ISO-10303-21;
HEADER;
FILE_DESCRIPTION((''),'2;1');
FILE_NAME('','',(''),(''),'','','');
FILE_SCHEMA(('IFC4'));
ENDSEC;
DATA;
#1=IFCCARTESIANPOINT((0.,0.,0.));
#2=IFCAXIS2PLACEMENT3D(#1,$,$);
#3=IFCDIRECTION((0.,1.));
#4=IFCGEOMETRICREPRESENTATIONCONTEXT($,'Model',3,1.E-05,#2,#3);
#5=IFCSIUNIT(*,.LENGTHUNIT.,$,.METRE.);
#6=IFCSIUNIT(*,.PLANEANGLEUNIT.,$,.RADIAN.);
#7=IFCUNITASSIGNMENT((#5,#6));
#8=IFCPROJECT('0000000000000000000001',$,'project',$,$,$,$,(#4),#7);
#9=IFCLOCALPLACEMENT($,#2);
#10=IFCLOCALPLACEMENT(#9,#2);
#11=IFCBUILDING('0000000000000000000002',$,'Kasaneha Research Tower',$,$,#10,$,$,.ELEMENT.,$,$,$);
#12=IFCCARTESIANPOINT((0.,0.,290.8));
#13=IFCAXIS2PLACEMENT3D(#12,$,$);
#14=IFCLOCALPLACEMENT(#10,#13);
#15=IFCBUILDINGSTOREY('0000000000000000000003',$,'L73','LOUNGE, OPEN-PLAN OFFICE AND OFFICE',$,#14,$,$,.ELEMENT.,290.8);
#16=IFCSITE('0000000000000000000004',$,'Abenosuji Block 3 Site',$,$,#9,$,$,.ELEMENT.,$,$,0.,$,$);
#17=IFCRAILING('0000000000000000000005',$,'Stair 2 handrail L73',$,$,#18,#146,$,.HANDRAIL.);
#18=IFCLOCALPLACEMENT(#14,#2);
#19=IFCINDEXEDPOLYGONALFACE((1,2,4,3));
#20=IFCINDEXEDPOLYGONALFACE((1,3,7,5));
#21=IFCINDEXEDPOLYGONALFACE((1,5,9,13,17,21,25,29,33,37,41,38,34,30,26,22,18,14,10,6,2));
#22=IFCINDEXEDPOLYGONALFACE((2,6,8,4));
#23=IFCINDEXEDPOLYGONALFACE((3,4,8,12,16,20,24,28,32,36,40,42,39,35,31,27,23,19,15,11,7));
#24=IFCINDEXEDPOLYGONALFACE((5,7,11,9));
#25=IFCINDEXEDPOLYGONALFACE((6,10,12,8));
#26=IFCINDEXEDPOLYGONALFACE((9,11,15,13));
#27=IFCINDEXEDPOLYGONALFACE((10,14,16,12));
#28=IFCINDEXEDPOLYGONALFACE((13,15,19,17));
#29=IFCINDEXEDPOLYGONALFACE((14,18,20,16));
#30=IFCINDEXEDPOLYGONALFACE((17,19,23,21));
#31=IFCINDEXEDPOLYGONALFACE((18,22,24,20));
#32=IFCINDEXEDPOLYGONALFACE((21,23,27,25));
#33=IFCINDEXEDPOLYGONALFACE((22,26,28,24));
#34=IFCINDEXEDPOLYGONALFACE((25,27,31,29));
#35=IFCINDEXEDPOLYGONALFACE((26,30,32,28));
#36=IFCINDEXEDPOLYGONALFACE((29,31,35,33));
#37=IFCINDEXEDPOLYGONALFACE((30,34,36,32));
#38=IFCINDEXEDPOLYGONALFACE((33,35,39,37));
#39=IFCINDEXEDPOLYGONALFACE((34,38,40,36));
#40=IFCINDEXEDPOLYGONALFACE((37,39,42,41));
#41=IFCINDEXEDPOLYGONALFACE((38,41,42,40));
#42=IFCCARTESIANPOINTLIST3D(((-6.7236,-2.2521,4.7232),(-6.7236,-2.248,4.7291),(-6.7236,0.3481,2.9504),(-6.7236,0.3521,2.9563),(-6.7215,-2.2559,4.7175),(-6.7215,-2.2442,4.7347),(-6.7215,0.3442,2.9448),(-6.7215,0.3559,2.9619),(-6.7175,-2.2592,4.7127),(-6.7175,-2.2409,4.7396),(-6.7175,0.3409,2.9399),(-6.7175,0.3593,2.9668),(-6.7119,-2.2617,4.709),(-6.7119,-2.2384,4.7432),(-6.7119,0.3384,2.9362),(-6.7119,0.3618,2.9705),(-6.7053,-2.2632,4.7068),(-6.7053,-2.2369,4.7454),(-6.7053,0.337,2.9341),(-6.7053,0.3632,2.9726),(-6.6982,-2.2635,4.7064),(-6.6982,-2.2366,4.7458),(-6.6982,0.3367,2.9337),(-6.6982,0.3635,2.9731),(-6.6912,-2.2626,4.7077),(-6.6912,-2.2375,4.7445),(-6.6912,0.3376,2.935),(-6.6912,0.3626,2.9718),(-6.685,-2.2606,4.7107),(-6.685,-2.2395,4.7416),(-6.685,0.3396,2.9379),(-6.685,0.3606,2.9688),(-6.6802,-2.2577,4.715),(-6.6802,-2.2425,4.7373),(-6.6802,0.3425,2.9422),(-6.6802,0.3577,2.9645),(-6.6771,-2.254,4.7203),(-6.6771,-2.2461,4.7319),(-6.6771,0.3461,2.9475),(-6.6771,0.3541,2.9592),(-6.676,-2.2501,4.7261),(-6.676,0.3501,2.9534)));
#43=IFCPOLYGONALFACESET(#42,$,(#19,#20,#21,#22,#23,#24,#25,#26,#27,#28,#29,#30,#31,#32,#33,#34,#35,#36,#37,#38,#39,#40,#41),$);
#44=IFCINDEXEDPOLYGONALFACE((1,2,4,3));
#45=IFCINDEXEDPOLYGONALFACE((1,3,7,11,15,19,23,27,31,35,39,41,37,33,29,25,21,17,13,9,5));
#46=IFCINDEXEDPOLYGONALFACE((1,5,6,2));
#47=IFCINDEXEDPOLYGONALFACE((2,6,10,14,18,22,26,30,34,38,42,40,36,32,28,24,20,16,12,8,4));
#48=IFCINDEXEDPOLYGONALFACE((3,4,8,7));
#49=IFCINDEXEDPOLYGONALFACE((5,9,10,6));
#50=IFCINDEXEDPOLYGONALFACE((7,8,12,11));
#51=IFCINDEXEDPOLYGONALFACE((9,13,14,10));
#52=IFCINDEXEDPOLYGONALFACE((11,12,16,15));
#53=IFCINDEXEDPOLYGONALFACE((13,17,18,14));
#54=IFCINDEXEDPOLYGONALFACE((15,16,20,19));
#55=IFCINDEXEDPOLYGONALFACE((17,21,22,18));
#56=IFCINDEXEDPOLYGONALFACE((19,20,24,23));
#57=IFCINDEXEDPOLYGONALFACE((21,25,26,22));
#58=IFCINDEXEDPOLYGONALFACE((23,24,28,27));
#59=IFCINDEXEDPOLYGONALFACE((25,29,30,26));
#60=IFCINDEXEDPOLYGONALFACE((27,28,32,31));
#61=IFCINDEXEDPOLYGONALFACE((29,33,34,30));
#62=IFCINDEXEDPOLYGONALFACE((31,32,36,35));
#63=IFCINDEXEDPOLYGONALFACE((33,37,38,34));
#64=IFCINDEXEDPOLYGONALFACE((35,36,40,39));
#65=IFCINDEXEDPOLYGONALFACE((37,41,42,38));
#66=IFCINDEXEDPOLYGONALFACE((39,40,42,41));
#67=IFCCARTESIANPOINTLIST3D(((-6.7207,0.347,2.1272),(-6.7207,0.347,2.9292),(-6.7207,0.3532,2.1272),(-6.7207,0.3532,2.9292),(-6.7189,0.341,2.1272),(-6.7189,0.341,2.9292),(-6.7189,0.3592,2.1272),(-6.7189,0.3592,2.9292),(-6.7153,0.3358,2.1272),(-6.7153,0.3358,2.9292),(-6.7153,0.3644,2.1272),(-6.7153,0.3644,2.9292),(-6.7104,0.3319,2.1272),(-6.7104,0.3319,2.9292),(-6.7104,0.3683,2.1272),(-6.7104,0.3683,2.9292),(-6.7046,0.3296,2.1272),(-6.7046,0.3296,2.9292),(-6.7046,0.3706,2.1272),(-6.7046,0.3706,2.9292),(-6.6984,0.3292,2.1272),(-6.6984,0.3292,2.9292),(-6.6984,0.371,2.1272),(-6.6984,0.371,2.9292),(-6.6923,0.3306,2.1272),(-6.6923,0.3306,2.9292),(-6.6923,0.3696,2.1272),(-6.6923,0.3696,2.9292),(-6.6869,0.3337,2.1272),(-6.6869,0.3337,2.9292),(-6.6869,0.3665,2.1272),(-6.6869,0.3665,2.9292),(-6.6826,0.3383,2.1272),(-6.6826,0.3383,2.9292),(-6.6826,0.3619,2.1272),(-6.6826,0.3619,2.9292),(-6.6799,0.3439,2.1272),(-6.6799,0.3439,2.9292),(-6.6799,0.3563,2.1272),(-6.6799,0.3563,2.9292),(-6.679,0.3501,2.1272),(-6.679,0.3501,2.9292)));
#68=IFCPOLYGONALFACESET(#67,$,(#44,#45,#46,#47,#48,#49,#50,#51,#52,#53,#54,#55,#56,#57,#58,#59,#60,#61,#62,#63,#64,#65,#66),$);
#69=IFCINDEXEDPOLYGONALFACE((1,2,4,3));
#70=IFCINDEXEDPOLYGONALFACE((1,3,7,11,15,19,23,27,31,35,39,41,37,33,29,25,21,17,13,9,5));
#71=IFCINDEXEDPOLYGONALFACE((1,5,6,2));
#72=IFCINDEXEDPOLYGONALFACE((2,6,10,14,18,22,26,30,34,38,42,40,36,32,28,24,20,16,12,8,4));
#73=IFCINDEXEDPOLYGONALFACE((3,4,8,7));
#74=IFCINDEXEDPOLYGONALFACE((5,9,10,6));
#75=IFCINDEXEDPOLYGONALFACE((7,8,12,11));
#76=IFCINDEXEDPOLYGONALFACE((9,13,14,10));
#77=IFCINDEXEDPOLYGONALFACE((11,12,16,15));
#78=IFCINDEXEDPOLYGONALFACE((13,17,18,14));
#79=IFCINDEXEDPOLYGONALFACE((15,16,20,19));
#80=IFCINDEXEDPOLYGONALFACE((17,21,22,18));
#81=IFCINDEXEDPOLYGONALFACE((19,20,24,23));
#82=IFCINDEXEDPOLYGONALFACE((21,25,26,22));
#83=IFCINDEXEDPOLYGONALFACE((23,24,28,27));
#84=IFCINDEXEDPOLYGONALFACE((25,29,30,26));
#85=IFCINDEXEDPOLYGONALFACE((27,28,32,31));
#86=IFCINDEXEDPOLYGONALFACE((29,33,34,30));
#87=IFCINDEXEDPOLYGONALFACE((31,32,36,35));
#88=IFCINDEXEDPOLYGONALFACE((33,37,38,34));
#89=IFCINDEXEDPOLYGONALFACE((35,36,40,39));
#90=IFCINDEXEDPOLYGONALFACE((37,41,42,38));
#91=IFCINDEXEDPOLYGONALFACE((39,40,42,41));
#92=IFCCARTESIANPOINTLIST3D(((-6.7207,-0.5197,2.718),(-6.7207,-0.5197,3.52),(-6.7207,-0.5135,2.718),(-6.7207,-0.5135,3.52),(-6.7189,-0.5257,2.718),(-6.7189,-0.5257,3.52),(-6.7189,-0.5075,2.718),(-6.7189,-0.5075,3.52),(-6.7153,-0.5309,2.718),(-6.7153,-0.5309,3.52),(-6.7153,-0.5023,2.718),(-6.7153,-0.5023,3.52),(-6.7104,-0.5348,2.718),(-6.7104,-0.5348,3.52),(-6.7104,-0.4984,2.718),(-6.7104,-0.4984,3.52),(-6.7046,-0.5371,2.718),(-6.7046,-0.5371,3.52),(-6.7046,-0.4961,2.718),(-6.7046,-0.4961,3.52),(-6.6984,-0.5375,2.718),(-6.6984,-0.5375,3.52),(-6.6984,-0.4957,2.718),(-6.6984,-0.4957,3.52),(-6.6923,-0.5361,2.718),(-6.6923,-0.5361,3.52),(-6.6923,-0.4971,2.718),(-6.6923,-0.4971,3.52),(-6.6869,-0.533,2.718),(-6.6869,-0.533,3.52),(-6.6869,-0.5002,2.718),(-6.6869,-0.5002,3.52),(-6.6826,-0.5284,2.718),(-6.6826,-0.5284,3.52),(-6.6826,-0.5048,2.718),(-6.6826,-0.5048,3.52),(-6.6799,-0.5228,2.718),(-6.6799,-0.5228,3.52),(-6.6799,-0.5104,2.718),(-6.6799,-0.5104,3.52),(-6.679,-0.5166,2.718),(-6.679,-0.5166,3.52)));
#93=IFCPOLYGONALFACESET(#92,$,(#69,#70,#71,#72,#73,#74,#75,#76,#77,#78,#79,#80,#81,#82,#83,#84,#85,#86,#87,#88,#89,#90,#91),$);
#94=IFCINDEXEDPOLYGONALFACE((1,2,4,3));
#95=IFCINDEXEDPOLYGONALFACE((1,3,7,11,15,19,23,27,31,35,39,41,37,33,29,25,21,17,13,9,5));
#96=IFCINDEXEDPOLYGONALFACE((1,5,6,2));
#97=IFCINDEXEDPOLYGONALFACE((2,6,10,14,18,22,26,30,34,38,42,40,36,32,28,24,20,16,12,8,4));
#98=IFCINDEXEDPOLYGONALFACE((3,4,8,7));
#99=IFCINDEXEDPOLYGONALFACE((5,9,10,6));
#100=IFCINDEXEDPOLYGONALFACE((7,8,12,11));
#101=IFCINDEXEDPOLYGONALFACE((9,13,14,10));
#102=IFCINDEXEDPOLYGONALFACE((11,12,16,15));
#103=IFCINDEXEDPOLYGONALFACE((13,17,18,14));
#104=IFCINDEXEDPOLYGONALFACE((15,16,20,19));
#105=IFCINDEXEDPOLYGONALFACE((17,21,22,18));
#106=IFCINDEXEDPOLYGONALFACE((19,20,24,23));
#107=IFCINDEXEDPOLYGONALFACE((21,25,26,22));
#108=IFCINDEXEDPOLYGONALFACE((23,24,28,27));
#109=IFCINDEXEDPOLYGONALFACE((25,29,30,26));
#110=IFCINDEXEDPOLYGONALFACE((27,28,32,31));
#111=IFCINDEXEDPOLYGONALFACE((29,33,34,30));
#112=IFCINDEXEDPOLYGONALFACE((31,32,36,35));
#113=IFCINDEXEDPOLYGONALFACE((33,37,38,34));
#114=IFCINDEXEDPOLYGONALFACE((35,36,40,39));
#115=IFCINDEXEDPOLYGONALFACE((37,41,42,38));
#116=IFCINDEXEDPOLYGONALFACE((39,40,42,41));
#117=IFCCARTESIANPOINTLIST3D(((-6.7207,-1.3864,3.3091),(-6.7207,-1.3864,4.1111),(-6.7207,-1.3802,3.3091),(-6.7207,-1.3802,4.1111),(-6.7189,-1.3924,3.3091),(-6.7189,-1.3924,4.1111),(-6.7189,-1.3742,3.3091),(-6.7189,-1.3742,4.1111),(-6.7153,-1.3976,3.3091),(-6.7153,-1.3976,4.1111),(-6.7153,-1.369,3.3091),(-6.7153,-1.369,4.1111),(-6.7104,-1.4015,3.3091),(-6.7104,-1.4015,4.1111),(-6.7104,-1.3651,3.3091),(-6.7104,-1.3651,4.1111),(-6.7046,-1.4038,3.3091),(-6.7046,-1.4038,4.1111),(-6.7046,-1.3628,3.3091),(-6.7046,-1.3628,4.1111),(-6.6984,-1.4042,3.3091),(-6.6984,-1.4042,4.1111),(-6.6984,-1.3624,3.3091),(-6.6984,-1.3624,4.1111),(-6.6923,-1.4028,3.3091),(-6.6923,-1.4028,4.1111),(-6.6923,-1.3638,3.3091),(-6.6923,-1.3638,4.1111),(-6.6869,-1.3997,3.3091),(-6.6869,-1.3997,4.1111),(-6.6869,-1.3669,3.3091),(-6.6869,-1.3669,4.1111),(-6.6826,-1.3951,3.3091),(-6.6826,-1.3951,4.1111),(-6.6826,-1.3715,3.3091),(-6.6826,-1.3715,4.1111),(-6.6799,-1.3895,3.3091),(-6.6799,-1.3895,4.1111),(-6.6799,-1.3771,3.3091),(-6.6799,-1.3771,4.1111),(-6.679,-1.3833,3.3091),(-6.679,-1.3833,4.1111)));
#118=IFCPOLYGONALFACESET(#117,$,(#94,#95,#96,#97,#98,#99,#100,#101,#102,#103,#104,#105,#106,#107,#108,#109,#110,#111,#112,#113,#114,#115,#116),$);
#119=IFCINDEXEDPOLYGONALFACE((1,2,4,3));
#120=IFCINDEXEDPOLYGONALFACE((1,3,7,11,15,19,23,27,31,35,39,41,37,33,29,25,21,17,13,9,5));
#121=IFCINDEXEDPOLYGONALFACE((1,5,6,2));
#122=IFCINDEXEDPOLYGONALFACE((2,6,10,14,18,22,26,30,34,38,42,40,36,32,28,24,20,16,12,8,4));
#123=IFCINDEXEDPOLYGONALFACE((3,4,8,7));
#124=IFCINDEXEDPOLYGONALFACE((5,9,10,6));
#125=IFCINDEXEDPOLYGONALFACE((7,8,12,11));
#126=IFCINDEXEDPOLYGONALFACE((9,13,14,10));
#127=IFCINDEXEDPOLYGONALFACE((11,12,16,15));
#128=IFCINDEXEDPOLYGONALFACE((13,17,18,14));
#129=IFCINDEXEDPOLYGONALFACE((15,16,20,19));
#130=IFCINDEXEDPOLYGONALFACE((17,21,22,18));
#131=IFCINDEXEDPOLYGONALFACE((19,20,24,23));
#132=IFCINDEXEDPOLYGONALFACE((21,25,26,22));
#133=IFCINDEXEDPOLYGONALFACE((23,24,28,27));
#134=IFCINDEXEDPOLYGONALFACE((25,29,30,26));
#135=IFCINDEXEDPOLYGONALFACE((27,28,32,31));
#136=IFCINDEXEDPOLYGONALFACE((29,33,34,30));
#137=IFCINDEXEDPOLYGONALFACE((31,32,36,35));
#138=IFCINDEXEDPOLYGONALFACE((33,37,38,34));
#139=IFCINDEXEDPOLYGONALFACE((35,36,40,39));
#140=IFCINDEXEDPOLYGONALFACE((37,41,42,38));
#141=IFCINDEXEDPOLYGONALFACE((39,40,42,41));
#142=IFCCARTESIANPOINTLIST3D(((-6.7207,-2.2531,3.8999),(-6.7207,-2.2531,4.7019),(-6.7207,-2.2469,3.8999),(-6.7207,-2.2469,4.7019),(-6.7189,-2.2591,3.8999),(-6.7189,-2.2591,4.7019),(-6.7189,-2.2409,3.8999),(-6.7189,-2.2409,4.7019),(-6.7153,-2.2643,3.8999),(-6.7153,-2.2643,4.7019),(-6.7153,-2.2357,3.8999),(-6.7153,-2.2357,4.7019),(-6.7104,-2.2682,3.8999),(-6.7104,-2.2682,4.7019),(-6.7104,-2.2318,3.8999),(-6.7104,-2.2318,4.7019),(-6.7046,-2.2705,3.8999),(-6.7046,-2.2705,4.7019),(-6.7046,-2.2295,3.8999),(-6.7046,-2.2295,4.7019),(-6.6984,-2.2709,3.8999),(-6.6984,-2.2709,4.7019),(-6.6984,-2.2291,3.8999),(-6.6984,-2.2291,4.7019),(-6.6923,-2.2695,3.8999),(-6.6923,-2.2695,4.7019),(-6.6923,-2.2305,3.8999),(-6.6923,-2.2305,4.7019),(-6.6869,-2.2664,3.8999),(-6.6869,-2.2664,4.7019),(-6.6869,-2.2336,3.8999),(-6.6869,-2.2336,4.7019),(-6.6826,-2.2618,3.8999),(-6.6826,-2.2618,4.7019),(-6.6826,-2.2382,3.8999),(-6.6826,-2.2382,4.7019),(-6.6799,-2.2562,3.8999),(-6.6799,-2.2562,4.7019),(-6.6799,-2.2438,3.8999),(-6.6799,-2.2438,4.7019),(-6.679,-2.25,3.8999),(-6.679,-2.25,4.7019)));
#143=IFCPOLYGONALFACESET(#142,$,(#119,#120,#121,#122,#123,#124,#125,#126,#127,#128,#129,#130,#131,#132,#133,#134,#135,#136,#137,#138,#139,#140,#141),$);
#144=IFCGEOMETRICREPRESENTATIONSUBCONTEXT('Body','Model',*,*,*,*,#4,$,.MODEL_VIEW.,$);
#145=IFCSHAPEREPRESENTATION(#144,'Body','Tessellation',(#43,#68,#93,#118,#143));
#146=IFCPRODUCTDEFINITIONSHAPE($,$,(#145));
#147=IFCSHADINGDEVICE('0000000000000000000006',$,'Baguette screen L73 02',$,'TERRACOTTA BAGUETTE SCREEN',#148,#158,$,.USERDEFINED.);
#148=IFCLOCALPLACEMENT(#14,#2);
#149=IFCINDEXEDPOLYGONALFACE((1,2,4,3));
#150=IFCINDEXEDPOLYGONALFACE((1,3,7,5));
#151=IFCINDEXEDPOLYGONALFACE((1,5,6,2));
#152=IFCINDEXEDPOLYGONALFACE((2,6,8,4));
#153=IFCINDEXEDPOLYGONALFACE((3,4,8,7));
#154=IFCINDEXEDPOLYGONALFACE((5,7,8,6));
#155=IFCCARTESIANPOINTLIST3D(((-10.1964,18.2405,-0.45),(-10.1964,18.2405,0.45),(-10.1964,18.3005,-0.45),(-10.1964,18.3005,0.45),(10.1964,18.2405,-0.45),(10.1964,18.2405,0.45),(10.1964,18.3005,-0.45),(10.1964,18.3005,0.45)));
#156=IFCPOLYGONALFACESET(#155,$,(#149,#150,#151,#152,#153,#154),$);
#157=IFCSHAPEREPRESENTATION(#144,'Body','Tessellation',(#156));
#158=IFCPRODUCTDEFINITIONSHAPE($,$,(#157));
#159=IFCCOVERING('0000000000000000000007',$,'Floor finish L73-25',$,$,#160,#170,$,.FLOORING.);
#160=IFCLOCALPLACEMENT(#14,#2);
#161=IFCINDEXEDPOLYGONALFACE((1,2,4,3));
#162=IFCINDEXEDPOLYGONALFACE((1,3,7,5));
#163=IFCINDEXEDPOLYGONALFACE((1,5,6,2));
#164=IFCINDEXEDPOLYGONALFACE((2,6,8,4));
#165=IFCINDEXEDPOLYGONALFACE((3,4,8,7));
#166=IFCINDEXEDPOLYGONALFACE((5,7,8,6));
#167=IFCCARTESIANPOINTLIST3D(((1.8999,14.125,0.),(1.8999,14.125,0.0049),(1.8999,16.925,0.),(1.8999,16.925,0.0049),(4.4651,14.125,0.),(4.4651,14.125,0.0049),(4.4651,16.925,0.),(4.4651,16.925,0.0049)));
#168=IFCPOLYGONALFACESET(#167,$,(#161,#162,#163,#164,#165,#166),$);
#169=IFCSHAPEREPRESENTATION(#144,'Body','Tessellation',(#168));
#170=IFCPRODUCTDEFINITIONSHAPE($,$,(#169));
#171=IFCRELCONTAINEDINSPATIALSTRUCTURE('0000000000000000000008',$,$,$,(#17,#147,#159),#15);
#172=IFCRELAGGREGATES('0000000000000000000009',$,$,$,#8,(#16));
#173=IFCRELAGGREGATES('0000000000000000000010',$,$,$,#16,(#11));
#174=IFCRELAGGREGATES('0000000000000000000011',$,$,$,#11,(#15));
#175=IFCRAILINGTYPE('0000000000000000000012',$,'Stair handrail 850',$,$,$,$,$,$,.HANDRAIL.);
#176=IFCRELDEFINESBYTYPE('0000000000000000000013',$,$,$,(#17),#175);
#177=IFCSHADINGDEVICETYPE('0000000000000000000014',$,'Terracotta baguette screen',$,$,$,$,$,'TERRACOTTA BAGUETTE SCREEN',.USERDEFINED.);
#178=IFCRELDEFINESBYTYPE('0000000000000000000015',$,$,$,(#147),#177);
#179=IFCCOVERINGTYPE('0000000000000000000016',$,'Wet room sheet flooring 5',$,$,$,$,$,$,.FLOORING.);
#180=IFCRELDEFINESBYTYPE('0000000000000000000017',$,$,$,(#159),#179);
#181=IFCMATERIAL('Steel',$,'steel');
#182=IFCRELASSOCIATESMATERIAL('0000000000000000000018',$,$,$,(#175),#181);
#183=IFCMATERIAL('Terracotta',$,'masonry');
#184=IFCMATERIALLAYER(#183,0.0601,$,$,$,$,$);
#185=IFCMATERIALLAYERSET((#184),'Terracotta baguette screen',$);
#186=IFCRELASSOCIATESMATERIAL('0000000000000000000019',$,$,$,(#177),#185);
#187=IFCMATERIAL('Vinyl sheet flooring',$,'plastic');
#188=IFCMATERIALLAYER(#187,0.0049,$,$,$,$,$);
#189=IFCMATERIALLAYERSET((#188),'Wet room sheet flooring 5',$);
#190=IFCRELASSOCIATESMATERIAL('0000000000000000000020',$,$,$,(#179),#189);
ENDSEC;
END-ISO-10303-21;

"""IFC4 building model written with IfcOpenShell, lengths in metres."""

from ifc_helpers import new_model, si_unit, direction, frame, origin, origin_2d, place, context, subcontext, project, spatial, polyline, rectangle, circle, outline, extrude, material, layer, layer_set, type_object, element, save


model = new_model("IFC4")

# Units and contexts
model_context = context("Model", 3, precision=1e-05, world=origin(), true_north=direction((0.0, 1.0)))
body_context = subcontext(model_context, "Body", "Model", "MODEL_VIEW")
ifc_project = project(units=[si_unit("LENGTHUNIT", "METRE"), si_unit("PLANEANGLEUNIT", "RADIAN")], contexts=[model_context])

# Site, building, storey
site_placement = place(None, origin())
site = spatial("IfcSite", under=ifc_project, at=site_placement, Name="Abenosuji Block 3 Site", CompositionType="ELEMENT", RefElevation=0.0)
building_placement = place(site_placement, origin())
building = spatial("IfcBuilding", under=site, at=building_placement, Name="Kasaneha Research Tower", CompositionType="ELEMENT")
storey_placement = place(building_placement, frame((0.0, 0.0, 290.8)))
storey = spatial("IfcBuildingStorey", under=building, at=storey_placement, Name="L73", Description="LOUNGE, OPEN-PLAN OFFICE AND OFFICE", CompositionType="ELEMENT", Elevation=290.8)

# Railing
ifc_material_1 = material(Name="Steel", Category="steel")
railing_type = type_object("IfcRailingType", Name="Stair handrail 850", PredefinedType="HANDRAIL", material=ifc_material_1)
railing_placement = place(storey_placement, frame((-6.7, 0.3501, 2.1272)))
element("IfcRailing", 1, at=railing_placement, inside=storey, type_object=railing_type, Name="Stair 2 handrail L73", PredefinedType="HANDRAIL", context=body_context, shape_type="SweptSolid", body=[
    extrude(circle(Radius=0.0239, at=origin_2d()), frame((0.0, 0.0, 0.8262), z_axis=(0.0, -0.82624, 0.563318), x_axis=(1.0, 0.0, 0.0)), (0.0, 0.0, 1.0), 3.147),
    extrude(circle(Radius=0.021, at=origin_2d()), origin(), (0.0, 0.0, 1.0), 0.802),
    extrude(circle(Radius=0.021, at=origin_2d()), frame((0.0, -0.8667, 0.5908)), (0.0, 0.0, 1.0), 0.802),
    extrude(circle(Radius=0.021, at=origin_2d()), frame((0.0, -1.7334, 1.1819)), (0.0, 0.0, 1.0), 0.802),
    extrude(circle(Radius=0.021, at=origin_2d()), frame((0.0, -2.6001, 1.7727)), (0.0, 0.0, 1.0), 0.802),
])

# Shading device
ifc_material_2 = material(Name="Terracotta", Category="masonry")
ifc_layer_1 = layer(ifc_material_2, 0.0601)
ifc_layer_set_1 = layer_set([ifc_layer_1], Name="Terracotta baguette screen")
shading_device_type = type_object("IfcShadingDeviceType", Name="Terracotta baguette screen", ElementType="TERRACOTTA BAGUETTE SCREEN", PredefinedType="USERDEFINED", material=ifc_layer_set_1)
shading_device_placement = place(storey_placement, frame((0.0, 18.2705, -0.45), z_axis=(0.0, 0.0, 1.0), x_axis=(-1.0, 0.0, 0.0)))
element("IfcShadingDevice", 2, at=shading_device_placement, inside=storey, type_object=shading_device_type, Name="Baguette screen L73 02", ObjectType="TERRACOTTA BAGUETTE SCREEN", PredefinedType="USERDEFINED", context=body_context, shape_type="SweptSolid", body=[
    extrude(rectangle(XDim=20.3928, YDim=0.0601, at=origin_2d()), origin(), (0.0, 0.0, 1.0), 0.8999),
])

# Covering
ifc_material_3 = material(Name="Vinyl sheet flooring", Category="plastic")
ifc_layer_2 = layer(ifc_material_3, 0.0049)
ifc_layer_set_2 = layer_set([ifc_layer_2], Name="Wet room sheet flooring 5")
covering_type = type_object("IfcCoveringType", Name="Wet room sheet flooring 5", PredefinedType="FLOORING", material=ifc_layer_set_2)
covering_placement = place(storey_placement, origin())
element("IfcCovering", 3, at=covering_placement, inside=storey, type_object=covering_type, Name="Floor finish L73-25", PredefinedType="FLOORING", context=body_context, shape_type="SweptSolid", body=[
    extrude(outline(polyline([(1.8999, 16.925), (4.4651, 16.925), (4.4651, 14.125), (1.8999, 14.125), (1.8999, 16.925)])), origin(), (0.0, 0.0, 1.0), 0.0049),
])

save(model, "model.ifc")
